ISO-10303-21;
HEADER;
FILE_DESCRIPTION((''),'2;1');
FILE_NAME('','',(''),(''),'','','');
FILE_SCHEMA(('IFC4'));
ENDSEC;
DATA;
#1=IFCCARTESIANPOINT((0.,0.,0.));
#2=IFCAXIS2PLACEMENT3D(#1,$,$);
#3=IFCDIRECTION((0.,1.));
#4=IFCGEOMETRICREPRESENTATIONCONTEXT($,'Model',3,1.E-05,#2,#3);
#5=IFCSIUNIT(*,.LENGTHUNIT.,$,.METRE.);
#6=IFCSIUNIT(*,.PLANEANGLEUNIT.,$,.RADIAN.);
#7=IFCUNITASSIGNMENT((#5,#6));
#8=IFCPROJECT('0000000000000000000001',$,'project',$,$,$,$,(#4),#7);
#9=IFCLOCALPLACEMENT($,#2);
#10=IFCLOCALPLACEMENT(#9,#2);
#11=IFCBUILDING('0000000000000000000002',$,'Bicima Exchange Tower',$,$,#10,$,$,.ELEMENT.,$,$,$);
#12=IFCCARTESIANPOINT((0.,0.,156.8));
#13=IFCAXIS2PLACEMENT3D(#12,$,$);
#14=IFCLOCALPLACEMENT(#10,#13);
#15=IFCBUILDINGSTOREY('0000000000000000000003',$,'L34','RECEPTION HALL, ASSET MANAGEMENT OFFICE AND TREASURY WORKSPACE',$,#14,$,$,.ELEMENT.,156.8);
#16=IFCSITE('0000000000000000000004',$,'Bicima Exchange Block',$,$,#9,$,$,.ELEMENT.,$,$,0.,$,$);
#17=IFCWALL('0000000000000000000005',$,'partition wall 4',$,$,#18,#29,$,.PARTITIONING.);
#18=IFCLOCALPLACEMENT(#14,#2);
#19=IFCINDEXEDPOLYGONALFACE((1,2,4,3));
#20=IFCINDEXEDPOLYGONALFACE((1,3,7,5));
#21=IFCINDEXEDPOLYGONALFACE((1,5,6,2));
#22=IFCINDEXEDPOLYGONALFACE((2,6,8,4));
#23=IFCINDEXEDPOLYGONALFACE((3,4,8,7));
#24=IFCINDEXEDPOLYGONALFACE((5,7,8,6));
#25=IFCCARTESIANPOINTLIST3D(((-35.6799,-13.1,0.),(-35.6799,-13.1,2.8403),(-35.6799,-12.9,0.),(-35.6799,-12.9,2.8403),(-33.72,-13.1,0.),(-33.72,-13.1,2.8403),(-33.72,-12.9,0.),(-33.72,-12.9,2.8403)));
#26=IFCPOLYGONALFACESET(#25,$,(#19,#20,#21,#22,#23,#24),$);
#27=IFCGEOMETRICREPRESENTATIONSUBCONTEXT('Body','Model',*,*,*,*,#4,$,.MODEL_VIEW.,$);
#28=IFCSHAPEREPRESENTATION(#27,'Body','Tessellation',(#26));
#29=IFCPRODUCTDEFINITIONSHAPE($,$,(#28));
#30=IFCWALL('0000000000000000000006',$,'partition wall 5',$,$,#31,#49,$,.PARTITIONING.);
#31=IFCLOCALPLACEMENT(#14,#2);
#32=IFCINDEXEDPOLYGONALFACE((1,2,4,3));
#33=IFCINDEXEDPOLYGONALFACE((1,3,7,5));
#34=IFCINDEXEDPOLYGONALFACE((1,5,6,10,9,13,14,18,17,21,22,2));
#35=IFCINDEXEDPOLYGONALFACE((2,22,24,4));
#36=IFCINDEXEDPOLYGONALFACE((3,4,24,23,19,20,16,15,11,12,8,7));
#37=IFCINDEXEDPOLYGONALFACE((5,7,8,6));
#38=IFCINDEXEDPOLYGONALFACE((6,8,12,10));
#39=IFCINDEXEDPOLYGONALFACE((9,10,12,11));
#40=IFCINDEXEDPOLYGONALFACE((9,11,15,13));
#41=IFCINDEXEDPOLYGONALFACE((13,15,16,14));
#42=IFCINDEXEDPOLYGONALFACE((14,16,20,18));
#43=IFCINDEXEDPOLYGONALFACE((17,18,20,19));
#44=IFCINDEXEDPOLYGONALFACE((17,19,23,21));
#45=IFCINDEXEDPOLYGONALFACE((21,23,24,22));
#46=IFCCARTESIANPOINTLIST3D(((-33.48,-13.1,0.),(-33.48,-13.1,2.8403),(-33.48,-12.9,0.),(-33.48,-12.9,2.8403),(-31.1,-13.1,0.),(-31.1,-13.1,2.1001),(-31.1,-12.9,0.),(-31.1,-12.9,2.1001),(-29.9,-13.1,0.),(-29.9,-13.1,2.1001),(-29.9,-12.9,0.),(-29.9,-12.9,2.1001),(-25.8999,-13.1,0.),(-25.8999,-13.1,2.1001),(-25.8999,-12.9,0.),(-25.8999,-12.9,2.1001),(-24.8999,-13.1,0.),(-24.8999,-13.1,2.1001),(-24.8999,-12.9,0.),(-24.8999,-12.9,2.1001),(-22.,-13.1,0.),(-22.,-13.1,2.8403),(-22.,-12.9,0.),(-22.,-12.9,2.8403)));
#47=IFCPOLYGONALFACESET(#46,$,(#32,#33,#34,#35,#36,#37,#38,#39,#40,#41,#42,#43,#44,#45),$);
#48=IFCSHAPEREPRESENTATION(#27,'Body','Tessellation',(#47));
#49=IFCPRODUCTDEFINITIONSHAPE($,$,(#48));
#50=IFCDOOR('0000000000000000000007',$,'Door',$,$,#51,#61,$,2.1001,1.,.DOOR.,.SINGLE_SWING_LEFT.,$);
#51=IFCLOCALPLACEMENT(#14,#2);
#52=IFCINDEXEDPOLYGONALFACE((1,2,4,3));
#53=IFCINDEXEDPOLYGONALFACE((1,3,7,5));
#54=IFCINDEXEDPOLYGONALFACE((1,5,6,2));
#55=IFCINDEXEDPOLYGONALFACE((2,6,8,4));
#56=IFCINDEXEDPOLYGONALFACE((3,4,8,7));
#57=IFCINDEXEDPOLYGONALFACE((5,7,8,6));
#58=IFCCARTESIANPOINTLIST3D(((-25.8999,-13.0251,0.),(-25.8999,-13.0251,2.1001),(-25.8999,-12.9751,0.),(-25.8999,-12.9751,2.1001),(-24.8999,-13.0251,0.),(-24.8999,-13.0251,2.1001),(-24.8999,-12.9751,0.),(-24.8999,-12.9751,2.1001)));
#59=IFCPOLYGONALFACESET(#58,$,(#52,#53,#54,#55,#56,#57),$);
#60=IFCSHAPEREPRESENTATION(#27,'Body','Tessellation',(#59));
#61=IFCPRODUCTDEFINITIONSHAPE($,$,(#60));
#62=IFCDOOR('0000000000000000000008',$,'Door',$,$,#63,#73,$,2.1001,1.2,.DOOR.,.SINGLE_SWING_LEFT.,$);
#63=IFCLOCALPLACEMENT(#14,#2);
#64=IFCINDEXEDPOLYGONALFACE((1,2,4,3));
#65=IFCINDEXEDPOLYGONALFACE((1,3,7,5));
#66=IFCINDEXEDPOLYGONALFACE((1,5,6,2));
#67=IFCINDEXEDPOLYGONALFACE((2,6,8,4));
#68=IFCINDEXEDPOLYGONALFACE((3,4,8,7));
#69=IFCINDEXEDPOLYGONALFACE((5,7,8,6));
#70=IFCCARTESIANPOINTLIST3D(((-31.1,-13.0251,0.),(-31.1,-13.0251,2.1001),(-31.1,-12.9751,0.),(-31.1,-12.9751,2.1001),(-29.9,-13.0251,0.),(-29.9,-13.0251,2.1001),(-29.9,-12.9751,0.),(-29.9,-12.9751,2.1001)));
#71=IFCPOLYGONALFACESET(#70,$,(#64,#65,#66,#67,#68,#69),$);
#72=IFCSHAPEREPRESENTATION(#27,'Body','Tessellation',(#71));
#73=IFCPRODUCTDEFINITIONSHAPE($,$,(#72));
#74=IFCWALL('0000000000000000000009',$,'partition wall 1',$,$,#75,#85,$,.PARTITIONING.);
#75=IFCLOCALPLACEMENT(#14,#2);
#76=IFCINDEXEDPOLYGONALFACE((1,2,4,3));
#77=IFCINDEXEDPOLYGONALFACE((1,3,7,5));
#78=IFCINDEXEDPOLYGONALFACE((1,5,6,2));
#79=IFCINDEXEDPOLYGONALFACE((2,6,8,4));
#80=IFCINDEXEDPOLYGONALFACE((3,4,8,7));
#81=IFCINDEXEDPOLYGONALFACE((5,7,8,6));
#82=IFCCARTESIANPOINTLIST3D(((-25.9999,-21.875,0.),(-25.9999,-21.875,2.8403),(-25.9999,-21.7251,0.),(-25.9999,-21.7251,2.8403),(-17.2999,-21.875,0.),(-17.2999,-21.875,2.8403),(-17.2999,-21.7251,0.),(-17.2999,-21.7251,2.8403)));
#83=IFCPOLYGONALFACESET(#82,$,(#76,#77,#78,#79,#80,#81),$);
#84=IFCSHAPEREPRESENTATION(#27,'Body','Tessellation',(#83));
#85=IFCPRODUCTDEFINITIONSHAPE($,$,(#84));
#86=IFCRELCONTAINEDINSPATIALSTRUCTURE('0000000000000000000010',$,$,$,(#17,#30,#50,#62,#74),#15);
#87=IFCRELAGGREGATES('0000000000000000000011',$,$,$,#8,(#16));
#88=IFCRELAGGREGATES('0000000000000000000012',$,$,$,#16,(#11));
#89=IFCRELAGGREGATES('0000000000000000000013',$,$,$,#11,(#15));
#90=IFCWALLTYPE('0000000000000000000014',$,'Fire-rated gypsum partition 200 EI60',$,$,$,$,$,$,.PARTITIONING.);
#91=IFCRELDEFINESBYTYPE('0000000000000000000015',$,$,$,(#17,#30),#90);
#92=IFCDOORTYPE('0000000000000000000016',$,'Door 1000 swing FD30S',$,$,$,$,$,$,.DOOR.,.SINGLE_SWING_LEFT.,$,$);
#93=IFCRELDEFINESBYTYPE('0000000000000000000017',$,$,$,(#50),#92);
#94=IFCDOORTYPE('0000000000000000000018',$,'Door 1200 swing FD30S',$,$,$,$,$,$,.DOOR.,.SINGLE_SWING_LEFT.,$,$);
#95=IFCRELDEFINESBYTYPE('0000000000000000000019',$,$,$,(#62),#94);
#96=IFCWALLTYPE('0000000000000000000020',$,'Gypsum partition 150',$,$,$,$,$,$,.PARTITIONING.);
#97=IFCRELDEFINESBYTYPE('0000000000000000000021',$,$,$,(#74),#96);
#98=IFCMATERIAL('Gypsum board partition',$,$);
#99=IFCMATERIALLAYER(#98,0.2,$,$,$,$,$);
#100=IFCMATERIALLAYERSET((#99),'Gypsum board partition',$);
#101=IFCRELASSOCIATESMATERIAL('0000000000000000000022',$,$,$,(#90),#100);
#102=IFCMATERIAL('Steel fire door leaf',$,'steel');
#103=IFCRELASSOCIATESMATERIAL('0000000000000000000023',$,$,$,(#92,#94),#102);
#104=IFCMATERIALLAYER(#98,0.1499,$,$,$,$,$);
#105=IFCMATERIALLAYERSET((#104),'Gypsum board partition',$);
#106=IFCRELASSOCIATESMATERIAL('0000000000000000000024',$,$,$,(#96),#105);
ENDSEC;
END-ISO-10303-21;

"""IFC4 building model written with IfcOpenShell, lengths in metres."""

from ifc_helpers import new_model, si_unit, direction, frame, frame_2d, origin, place, context, subcontext, project, spatial, rectangle, extrude, material, layer, layer_set, type_object, element, fill, save


model = new_model("IFC4")

# Units and contexts
model_context = context("Model", 3, precision=1e-05, world=origin(), true_north=direction((0.0, 1.0)))
body_context = subcontext(model_context, "Body", "Model", "MODEL_VIEW")
ifc_project = project(units=[si_unit("LENGTHUNIT", "METRE"), si_unit("PLANEANGLEUNIT", "RADIAN")], contexts=[model_context])

# Site, building, storey
site_placement = place(None, origin())
site = spatial("IfcSite", under=ifc_project, at=site_placement, Name="Bicima Exchange Block", CompositionType="ELEMENT", RefElevation=0.0)
building_placement = place(site_placement, origin())
building = spatial("IfcBuilding", under=site, at=building_placement, Name="Bicima Exchange Tower", CompositionType="ELEMENT")
storey_placement = place(building_placement, frame((0.0, 0.0, 156.8)))
storey = spatial("IfcBuildingStorey", under=building, at=storey_placement, Name="L34", Description="RECEPTION HALL, ASSET MANAGEMENT OFFICE AND TREASURY WORKSPACE", CompositionType="ELEMENT", Elevation=156.8)

# Shared definitions
ifc_material_1 = material(Name="Gypsum board partition")
ifc_layer_1 = layer(ifc_material_1, 0.2)
ifc_layer_set_1 = layer_set([ifc_layer_1], Name="Gypsum board partition")
wall_type_1 = type_object("IfcWallType", Name="Fire-rated gypsum partition 200 EI60", PredefinedType="PARTITIONING", material=ifc_layer_set_1)
ifc_material_2 = material(Name="Steel fire door leaf", Category="steel")
door_type_1 = type_object("IfcDoorType", Name="Door 1000 swing FD30S", OperationType="SINGLE_SWING_LEFT", PredefinedType="DOOR", material=ifc_material_2)

# Wall
wall_1_placement = place(storey_placement, frame((-35.6799, -13.0, 0.0), z_axis=(0.0, 0.0, 1.0), x_axis=(1.0, 0.0, 0.0)))
element("IfcWall", 1, at=wall_1_placement, inside=storey, type_object=wall_type_1, Name="partition wall 4", PredefinedType="PARTITIONING", context=body_context, shape_type="SweptSolid", body=[
    extrude(rectangle(XDim=1.96, YDim=0.2, at=frame_2d((0.98, 0.0))), origin(), (0.0, 0.0, 1.0), 2.8403),
])

# Wall, openings, doors
wall_2_placement = place(storey_placement, frame((-33.48, -13.0, 0.0), z_axis=(0.0, 0.0, 1.0), x_axis=(1.0, 0.0, 0.0)))
wall_2 = element("IfcWall", 2, at=wall_2_placement, inside=storey, type_object=wall_type_1, Name="partition wall 5", PredefinedType="PARTITIONING", context=body_context, shape_type="SweptSolid", body=[
    extrude(rectangle(XDim=11.48, YDim=0.2, at=frame_2d((5.74, 0.0))), origin(), (0.0, 0.0, 1.0), 2.8403),
])
opening_1_placement = place(wall_2_placement, frame((2.3799, 0.0, 0.0)))
opening_1 = element("IfcOpeningElement", 3, at=opening_1_placement, cuts=wall_2, PredefinedType="OPENING", context=body_context, shape_type="SweptSolid", body=[
    extrude(rectangle(XDim=1.2, YDim=2.1001, at=frame_2d((0.6001, 1.05))), frame((0.0, 0.1118, 0.0), z_axis=(0.0, -1.0, 0.0), x_axis=(1.0, 0.0, 0.0)), (0.0, 0.0, 1.0), 0.2239),
])
opening_2_placement = place(wall_2_placement, frame((7.5801, 0.0, 0.0)))
opening_2 = element("IfcOpeningElement", 4, at=opening_2_placement, cuts=wall_2, PredefinedType="OPENING", context=body_context, shape_type="SweptSolid", body=[
    extrude(rectangle(XDim=1.0, YDim=2.1001, at=frame_2d((0.5, 1.05))), frame((0.0, 0.1118, 0.0), z_axis=(0.0, -1.0, 0.0), x_axis=(1.0, 0.0, 0.0)), (0.0, 0.0, 1.0), 0.2239),
])
door_1_placement = place(opening_2_placement, origin())
door_1 = element("IfcDoor", 5, at=door_1_placement, inside=storey, type_object=door_type_1, Name="Door", OperationType="SINGLE_SWING_LEFT", OverallHeight=2.1001, OverallWidth=1.0, PredefinedType="DOOR", context=body_context, shape_type="SweptSolid", body=[
    extrude(rectangle(XDim=1.0, YDim=2.1001, at=frame_2d((0.5, 1.05))), frame((0.0, 0.0249, 0.0), z_axis=(0.0, -1.0, 0.0), x_axis=(1.0, 0.0, 0.0)), (0.0, 0.0, 1.0), 0.05),
])
fill(opening_2, door_1)
door_type_2 = type_object("IfcDoorType", Name="Door 1200 swing FD30S", OperationType="SINGLE_SWING_LEFT", PredefinedType="DOOR", material=ifc_material_2)
door_2_placement = place(opening_1_placement, origin())
door_2 = element("IfcDoor", 6, at=door_2_placement, inside=storey, type_object=door_type_2, Name="Door", OperationType="SINGLE_SWING_LEFT", OverallHeight=2.1001, OverallWidth=1.2, PredefinedType="DOOR", context=body_context, shape_type="SweptSolid", body=[
    extrude(rectangle(XDim=1.2, YDim=2.1001, at=frame_2d((0.6001, 1.05))), frame((0.0, 0.0249, 0.0), z_axis=(0.0, -1.0, 0.0), x_axis=(1.0, 0.0, 0.0)), (0.0, 0.0, 1.0), 0.05),
])
fill(opening_1, door_2)

# Wall
ifc_layer_2 = layer(ifc_material_1, 0.1499)
ifc_layer_set_2 = layer_set([ifc_layer_2], Name="Gypsum board partition")
wall_type_2 = type_object("IfcWallType", Name="Gypsum partition 150", PredefinedType="PARTITIONING", material=ifc_layer_set_2)
wall_3_placement = place(storey_placement, frame((-26.0, -21.8, 0.0), z_axis=(0.0, 0.0, 1.0), x_axis=(1.0, 0.0, 0.0)))
element("IfcWall", 7, at=wall_3_placement, inside=storey, type_object=wall_type_2, Name="partition wall 1", PredefinedType="PARTITIONING", context=body_context, shape_type="SweptSolid", body=[
    extrude(rectangle(XDim=8.7, YDim=0.1499, at=frame_2d((4.3501, 0.0))), origin(), (0.0, 0.0, 1.0), 2.8403),
])

save(model, "model.ifc")
